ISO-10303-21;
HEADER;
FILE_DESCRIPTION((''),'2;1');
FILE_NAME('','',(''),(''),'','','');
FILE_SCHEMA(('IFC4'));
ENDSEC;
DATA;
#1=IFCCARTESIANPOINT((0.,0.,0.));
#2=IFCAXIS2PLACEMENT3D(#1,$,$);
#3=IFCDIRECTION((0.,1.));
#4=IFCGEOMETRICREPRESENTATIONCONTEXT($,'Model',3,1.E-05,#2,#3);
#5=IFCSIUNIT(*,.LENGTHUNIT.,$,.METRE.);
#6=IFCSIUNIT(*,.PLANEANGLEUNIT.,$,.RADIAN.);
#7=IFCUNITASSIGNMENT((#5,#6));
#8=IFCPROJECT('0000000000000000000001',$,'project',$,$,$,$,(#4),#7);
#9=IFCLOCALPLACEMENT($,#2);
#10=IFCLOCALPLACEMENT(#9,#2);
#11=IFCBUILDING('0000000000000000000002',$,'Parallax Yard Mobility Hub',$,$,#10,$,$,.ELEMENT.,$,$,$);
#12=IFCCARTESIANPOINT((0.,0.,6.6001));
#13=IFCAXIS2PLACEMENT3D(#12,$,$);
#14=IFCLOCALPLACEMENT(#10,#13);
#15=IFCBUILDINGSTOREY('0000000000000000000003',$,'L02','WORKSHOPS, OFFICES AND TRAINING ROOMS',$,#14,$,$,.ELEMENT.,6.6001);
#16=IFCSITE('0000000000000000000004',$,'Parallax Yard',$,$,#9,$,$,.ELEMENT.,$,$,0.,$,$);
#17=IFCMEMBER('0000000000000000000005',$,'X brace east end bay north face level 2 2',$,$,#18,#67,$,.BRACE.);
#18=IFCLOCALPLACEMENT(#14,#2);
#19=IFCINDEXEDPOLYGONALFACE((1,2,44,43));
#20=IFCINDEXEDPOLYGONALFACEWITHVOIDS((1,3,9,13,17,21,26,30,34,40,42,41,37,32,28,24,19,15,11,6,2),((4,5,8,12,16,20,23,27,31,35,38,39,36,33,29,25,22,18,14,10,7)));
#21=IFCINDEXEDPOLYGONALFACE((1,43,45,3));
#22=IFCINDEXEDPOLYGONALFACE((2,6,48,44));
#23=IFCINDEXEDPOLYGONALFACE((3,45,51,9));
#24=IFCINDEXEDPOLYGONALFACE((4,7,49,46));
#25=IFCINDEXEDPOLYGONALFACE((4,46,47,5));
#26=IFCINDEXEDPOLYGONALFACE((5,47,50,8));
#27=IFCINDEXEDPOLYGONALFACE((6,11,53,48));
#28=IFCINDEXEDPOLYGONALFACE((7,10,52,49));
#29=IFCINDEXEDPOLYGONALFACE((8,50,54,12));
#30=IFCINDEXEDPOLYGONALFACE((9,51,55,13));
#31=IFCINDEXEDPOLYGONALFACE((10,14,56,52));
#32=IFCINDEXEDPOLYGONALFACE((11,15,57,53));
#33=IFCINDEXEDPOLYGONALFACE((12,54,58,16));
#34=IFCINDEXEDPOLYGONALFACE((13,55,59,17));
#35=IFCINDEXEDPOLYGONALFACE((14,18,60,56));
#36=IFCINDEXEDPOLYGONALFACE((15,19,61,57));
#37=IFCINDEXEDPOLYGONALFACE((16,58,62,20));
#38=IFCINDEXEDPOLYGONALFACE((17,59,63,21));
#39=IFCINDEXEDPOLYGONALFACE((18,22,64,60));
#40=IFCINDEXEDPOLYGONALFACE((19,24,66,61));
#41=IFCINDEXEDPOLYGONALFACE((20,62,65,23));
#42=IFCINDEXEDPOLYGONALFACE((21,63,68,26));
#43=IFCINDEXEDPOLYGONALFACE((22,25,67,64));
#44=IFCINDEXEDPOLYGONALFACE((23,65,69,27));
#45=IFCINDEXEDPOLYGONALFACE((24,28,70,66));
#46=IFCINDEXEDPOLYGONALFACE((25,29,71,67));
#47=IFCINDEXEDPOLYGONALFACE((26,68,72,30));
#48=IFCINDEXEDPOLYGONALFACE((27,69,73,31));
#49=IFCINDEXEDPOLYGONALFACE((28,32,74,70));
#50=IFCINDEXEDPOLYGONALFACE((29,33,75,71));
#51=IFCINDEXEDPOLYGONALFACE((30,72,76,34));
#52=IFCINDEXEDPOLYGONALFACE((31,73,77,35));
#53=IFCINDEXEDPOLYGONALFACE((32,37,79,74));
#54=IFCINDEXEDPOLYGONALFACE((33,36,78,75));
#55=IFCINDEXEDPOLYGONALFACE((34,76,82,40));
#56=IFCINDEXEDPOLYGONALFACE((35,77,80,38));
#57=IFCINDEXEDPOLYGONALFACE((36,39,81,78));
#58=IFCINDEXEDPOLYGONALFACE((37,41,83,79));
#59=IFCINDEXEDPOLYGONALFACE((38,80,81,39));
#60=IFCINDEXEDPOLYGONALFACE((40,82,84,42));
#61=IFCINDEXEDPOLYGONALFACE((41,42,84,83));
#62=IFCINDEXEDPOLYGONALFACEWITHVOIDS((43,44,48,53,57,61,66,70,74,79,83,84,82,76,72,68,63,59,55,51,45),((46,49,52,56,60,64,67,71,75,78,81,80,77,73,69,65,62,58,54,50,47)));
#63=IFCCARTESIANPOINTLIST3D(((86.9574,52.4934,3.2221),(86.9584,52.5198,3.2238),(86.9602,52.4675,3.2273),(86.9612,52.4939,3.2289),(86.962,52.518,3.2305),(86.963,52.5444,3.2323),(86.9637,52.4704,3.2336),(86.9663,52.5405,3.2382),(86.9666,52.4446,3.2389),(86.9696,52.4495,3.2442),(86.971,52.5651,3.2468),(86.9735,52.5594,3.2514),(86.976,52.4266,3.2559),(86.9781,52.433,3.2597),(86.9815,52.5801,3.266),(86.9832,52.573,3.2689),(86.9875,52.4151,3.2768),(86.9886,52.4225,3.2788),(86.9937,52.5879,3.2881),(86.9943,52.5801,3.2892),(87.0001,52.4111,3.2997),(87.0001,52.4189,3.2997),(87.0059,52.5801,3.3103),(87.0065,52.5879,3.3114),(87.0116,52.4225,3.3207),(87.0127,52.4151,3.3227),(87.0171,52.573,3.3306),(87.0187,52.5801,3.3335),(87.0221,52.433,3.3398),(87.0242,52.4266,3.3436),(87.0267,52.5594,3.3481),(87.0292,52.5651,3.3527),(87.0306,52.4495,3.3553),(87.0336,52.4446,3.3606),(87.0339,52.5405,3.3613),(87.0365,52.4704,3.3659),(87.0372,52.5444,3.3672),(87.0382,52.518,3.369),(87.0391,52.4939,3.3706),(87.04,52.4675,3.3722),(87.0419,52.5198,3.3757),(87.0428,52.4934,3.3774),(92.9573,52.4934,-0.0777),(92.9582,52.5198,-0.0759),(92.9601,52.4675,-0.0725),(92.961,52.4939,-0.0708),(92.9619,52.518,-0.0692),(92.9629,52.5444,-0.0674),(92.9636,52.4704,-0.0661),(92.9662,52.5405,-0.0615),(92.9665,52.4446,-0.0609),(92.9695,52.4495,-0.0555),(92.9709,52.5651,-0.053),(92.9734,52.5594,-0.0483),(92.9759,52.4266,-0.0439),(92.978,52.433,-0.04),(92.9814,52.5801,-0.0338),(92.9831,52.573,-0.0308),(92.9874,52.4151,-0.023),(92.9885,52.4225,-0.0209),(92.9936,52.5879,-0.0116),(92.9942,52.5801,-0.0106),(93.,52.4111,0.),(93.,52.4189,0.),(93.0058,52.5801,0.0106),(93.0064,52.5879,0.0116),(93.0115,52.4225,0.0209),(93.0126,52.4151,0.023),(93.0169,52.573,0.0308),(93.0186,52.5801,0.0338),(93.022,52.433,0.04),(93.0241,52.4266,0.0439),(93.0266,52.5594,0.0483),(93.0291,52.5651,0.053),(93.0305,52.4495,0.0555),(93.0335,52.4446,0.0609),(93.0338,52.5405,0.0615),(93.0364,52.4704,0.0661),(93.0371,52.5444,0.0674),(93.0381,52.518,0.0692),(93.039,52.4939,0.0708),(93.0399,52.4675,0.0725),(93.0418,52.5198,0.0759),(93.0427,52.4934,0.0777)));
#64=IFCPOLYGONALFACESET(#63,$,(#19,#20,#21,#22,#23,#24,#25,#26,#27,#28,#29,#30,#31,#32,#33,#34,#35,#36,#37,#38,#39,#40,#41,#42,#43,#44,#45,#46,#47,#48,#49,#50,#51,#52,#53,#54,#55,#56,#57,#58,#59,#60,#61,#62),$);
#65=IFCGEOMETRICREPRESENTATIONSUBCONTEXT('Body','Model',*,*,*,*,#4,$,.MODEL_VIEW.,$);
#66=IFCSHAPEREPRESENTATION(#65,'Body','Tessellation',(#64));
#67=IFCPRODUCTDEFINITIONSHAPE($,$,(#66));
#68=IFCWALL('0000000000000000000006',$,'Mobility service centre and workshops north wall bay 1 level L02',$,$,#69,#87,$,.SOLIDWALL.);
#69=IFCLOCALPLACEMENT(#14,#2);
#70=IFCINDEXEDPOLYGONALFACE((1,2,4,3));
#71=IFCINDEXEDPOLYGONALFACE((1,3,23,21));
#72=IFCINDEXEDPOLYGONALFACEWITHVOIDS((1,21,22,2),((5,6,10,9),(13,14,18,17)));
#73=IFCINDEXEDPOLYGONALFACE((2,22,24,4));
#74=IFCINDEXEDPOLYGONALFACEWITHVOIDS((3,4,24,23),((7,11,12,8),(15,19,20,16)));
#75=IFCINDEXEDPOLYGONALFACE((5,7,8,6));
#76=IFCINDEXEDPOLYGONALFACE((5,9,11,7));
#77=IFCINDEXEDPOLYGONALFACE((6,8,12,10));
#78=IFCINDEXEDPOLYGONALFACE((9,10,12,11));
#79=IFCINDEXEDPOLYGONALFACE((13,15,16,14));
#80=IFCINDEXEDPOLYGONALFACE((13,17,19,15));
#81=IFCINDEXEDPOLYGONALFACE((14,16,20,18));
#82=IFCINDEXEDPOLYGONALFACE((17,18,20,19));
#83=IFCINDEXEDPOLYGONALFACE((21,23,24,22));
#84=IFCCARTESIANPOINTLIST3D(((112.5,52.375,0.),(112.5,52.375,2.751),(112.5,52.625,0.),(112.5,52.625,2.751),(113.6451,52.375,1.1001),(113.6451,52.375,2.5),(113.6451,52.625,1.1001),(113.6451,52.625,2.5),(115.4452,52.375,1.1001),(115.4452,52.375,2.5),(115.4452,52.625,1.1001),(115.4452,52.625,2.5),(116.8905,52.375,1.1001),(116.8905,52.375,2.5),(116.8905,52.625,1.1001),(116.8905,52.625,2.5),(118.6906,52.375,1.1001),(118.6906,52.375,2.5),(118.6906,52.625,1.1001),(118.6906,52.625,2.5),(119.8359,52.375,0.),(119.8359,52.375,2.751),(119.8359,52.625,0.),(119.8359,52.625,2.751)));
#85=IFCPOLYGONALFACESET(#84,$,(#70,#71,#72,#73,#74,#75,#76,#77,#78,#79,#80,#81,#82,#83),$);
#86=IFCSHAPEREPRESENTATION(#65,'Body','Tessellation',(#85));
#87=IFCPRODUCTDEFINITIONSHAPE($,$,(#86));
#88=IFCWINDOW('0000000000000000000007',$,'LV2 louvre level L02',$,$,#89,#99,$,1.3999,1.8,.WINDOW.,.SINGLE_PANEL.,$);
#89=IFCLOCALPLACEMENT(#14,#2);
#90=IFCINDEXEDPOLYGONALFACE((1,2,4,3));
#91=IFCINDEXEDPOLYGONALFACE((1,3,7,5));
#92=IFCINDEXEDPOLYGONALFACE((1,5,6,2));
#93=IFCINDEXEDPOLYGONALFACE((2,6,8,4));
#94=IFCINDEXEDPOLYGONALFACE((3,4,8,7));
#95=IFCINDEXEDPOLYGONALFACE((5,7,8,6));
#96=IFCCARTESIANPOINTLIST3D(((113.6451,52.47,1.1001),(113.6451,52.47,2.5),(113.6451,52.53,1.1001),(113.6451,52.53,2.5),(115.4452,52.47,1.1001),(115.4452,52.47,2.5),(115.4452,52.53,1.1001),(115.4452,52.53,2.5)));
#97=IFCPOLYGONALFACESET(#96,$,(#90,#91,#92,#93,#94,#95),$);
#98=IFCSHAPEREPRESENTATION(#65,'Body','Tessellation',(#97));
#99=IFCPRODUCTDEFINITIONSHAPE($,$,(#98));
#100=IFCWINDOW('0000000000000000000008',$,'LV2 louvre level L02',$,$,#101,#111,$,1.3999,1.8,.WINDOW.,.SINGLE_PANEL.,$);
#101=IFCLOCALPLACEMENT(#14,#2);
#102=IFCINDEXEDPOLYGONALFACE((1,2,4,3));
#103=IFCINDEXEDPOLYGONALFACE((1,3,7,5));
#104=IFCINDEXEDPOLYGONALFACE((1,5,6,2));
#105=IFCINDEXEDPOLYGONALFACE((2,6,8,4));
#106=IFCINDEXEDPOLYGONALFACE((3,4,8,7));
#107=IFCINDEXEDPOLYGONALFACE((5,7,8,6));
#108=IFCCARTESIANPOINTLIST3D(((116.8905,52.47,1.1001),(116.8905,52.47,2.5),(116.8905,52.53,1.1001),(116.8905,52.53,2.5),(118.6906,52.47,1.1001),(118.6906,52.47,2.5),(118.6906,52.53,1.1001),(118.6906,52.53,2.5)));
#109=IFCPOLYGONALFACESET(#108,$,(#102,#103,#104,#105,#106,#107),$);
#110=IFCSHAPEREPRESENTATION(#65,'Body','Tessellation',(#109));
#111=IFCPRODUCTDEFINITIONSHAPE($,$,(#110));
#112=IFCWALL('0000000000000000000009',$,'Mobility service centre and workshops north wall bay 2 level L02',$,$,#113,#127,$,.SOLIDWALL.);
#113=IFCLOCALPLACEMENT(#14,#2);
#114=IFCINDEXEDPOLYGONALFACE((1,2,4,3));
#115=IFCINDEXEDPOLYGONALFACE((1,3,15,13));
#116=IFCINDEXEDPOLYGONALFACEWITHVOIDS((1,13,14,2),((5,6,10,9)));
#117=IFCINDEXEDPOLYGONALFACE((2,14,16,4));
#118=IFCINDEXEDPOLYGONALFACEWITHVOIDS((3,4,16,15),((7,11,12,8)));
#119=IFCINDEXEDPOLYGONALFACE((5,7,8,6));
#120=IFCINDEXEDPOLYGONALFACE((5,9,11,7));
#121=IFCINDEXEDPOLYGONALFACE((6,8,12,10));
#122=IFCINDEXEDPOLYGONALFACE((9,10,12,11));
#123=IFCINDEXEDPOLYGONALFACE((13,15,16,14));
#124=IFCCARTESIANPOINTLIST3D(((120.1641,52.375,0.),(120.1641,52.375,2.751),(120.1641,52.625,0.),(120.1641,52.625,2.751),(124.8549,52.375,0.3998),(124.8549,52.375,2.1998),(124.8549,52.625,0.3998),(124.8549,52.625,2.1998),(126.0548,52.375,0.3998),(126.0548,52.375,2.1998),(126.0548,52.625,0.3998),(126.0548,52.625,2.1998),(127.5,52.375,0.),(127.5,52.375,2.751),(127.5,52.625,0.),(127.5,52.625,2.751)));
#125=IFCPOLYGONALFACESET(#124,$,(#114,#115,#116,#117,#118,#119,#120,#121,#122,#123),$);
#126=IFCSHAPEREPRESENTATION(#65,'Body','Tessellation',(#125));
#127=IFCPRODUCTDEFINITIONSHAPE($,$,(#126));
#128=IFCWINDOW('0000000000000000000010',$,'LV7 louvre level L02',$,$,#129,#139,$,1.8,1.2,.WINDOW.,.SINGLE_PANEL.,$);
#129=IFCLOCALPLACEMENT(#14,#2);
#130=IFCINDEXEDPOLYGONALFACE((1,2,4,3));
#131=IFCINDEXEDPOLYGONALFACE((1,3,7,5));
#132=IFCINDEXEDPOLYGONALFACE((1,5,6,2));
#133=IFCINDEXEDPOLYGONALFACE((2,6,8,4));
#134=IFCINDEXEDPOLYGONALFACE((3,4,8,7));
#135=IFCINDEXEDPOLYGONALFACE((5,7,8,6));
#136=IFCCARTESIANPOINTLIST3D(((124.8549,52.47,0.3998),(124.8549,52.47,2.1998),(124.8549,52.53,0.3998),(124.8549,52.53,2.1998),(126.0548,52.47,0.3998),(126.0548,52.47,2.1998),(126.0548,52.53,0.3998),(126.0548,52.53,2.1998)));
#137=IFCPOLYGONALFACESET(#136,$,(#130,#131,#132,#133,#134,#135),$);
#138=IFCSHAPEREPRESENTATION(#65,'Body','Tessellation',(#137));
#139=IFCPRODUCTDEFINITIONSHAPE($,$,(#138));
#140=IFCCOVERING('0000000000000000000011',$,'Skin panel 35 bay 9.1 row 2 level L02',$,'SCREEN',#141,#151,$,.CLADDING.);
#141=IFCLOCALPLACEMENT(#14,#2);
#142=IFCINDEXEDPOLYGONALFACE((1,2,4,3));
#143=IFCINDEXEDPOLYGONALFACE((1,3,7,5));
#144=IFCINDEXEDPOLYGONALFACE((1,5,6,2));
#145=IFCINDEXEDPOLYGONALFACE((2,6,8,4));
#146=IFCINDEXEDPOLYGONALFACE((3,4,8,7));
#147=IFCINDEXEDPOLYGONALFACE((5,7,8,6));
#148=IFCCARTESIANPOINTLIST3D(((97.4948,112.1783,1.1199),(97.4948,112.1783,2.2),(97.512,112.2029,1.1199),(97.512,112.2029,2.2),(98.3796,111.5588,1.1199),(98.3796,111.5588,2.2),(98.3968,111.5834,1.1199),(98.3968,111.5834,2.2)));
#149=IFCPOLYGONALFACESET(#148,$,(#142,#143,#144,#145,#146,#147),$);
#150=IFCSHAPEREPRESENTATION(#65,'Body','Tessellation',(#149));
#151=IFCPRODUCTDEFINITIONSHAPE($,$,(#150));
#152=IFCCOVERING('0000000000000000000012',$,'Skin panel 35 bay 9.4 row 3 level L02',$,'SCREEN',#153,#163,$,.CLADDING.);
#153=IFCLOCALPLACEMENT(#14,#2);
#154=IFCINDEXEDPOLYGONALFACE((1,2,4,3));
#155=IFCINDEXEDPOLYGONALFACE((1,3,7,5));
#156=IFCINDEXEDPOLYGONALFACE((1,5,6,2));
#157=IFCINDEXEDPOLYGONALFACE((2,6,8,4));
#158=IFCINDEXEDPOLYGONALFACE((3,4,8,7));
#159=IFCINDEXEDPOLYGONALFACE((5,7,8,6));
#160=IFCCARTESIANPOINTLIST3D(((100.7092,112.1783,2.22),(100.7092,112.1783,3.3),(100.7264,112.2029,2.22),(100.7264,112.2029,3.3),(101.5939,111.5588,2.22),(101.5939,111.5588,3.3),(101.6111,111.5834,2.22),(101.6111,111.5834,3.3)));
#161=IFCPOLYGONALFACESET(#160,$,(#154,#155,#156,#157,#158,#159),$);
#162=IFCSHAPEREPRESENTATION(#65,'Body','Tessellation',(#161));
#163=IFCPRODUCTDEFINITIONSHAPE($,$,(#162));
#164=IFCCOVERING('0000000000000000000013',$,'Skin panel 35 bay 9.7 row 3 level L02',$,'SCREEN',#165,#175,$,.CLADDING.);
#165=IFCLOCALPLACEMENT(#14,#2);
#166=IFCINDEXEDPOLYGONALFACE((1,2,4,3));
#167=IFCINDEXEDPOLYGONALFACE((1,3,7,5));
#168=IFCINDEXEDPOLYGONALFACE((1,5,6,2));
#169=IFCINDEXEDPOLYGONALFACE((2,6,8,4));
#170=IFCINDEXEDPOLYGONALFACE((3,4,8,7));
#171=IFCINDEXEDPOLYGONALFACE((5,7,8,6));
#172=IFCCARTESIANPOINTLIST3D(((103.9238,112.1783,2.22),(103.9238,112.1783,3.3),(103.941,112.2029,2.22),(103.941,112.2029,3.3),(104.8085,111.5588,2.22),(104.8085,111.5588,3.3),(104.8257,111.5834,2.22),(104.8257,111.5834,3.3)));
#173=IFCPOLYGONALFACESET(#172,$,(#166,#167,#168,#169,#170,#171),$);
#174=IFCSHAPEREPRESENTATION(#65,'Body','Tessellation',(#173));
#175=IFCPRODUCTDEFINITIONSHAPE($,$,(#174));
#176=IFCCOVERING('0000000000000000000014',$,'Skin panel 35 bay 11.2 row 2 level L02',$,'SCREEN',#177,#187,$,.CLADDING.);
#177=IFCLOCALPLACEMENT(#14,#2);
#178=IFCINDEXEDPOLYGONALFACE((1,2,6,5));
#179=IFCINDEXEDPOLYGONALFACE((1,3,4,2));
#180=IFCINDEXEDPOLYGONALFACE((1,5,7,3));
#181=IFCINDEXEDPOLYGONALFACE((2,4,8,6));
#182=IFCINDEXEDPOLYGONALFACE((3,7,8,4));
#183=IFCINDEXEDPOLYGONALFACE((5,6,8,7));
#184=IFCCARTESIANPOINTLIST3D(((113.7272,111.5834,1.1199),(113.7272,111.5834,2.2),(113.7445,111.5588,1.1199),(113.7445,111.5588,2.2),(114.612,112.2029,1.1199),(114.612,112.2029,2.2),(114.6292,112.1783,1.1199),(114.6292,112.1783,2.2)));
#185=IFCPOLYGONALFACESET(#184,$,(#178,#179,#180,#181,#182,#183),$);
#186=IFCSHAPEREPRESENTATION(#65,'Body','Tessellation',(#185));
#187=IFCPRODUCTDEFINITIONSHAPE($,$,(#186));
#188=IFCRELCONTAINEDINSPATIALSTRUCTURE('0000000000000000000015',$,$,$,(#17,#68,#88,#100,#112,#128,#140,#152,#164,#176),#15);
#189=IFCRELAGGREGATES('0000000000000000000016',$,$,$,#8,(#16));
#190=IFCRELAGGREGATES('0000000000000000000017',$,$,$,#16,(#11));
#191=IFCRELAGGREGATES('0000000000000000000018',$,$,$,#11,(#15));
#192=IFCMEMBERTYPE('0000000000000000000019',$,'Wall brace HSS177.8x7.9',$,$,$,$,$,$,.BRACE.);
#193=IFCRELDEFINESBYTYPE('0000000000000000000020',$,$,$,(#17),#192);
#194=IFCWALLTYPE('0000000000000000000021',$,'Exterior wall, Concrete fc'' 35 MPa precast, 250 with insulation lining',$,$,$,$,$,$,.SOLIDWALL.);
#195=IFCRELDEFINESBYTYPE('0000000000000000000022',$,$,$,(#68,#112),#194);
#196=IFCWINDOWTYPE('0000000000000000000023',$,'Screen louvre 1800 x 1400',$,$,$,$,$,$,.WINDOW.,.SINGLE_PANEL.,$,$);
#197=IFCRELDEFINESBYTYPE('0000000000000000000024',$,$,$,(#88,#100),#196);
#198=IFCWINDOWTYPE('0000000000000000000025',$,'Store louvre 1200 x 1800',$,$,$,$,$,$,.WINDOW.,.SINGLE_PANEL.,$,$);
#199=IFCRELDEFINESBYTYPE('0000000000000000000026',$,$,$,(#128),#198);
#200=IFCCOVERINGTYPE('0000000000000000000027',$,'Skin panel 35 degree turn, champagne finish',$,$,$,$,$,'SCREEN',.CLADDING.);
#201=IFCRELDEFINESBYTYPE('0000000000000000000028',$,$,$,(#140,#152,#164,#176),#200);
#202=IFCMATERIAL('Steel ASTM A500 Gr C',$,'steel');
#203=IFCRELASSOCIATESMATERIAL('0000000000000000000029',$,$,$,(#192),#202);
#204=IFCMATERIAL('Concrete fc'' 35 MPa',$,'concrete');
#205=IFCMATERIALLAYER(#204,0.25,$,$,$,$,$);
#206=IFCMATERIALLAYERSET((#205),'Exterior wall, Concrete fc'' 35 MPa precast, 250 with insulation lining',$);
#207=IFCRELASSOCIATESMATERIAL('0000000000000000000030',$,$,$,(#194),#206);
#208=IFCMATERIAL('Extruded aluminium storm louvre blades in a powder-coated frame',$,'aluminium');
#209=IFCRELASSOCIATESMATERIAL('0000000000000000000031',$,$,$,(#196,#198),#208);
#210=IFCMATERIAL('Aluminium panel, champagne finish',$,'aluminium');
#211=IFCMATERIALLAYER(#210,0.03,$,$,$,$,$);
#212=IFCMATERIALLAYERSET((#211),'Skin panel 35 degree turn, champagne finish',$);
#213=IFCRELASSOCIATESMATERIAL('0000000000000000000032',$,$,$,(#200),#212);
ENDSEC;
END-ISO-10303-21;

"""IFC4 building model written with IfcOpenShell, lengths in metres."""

from ifc_helpers import new_model, si_unit, direction, frame, frame_2d, origin, origin_2d, place, context, subcontext, project, spatial, rectangle, hollow_circle, extrude, material, layer, layer_set, material_profile, profile_set, type_object, element, fill, save


model = new_model("IFC4")

# Units and contexts
model_context = context("Model", 3, precision=1e-05, world=origin(), true_north=direction((0.0, 1.0)))
body_context = subcontext(model_context, "Body", "Model", "MODEL_VIEW")
ifc_project = project(units=[si_unit("LENGTHUNIT", "METRE"), si_unit("PLANEANGLEUNIT", "RADIAN")], contexts=[model_context])

# Site, building, storey
site_placement = place(None, origin())
site = spatial("IfcSite", under=ifc_project, at=site_placement, Name="Parallax Yard", CompositionType="ELEMENT", RefElevation=0.0)
building_placement = place(site_placement, origin())
building = spatial("IfcBuilding", under=site, at=building_placement, Name="Parallax Yard Mobility Hub", CompositionType="ELEMENT")
storey_placement = place(building_placement, frame((0.0, 0.0, 6.6001)))
storey = spatial("IfcBuildingStorey", under=building, at=storey_placement, Name="L02", Description="WORKSHOPS, OFFICES AND TRAINING ROOMS", CompositionType="ELEMENT", Elevation=6.6001)

# Member
ifc_material_1 = material(Name="Steel ASTM A500 Gr C", Category="steel")
ifc_material_profile_1 = material_profile(ifc_material_1, hollow_circle(Radius=0.0889, WallThickness=0.0078, at=origin_2d()), Name="HSS177.8x7.9")
ifc_profile_set_1 = profile_set([ifc_material_profile_1], Name="Steel ASTM A500 Gr C")
member_type = type_object("IfcMemberType", Name="Wall brace HSS177.8x7.9", PredefinedType="BRACE", material=ifc_profile_set_1)
member_placement = place(storey_placement, frame((93.0, 52.5, 0.0), z_axis=(-0.876228, 0.0, 0.481897), x_axis=(0.0, -1.0, 0.0)))
element("IfcMember", 1, at=member_placement, inside=storey, type_object=member_type, Name="X brace east end bay north face level 2 2", PredefinedType="BRACE", context=body_context, shape_type="SweptSolid", body=[
    extrude(hollow_circle(Radius=0.0889, WallThickness=0.0078, at=origin_2d()), origin(), (0.0, 0.0, 1.0), 6.8474),
])

# Wall, openings, windows
ifc_material_2 = material(Name="Concrete fc' 35 MPa", Category="concrete")
ifc_layer_1 = layer(ifc_material_2, 0.25)
ifc_layer_set_1 = layer_set([ifc_layer_1], Name="Exterior wall, Concrete fc' 35 MPa precast, 250 with insulation lining")
wall_type = type_object("IfcWallType", Name="Exterior wall, Concrete fc' 35 MPa precast, 250 with insulation lining", PredefinedType="SOLIDWALL", material=ifc_layer_set_1)
wall_1_placement = place(storey_placement, frame((112.5, 52.5, 0.0), z_axis=(0.0, 0.0, 1.0), x_axis=(1.0, 0.0, 0.0)))
wall_1 = element("IfcWall", 2, at=wall_1_placement, inside=storey, type_object=wall_type, Name="Mobility service centre and workshops north wall bay 1 level L02", PredefinedType="SOLIDWALL", context=body_context, shape_type="SweptSolid", body=[
    extrude(rectangle(XDim=7.3359, YDim=0.25, at=frame_2d((3.668, 0.0))), origin(), (0.0, 0.0, 1.0), 2.751),
])
opening_1_placement = place(wall_1_placement, frame((1.1453, 0.0, 1.1001)))
opening_1 = element("IfcOpeningElement", 3, at=opening_1_placement, cuts=wall_1, PredefinedType="OPENING", context=body_context, shape_type="SweptSolid", body=[
    extrude(rectangle(XDim=1.8, YDim=1.3999, at=frame_2d((0.8999, 0.7))), frame((0.0, 0.135, 0.0), z_axis=(0.0, -1.0, 0.0), x_axis=(1.0, 0.0, 0.0)), (0.0, 0.0, 1.0), 0.27),
])
opening_2_placement = place(wall_1_placement, frame((4.3906, 0.0, 1.1001)))
opening_2 = element("IfcOpeningElement", 4, at=opening_2_placement, cuts=wall_1, PredefinedType="OPENING", context=body_context, shape_type="SweptSolid", body=[
    extrude(rectangle(XDim=1.8, YDim=1.3999, at=frame_2d((0.8999, 0.7))), frame((0.0, 0.135, 0.0), z_axis=(0.0, -1.0, 0.0), x_axis=(1.0, 0.0, 0.0)), (0.0, 0.0, 1.0), 0.27),
])
ifc_material_3 = material(Name="Extruded aluminium storm louvre blades in a powder-coated frame", Category="aluminium")
window_type_1 = type_object("IfcWindowType", Name="Screen louvre 1800 x 1400", PartitioningType="SINGLE_PANEL", PredefinedType="WINDOW", material=ifc_material_3)
window_1_placement = place(opening_1_placement, origin())
window_1 = element("IfcWindow", 5, at=window_1_placement, inside=storey, type_object=window_type_1, Name="LV2 louvre level L02", OverallHeight=1.3999, OverallWidth=1.8, PartitioningType="SINGLE_PANEL", PredefinedType="WINDOW", context=body_context, shape_type="SweptSolid", body=[
    extrude(rectangle(XDim=1.8, YDim=1.3999, at=frame_2d((0.8999, 0.7))), frame((0.0, 0.03, 0.0), z_axis=(0.0, -1.0, 0.0), x_axis=(1.0, 0.0, 0.0)), (0.0, 0.0, 1.0), 0.0601),
])
fill(opening_1, window_1)
window_2_placement = place(opening_2_placement, origin())
window_2 = element("IfcWindow", 6, at=window_2_placement, inside=storey, type_object=window_type_1, Name="LV2 louvre level L02", OverallHeight=1.3999, OverallWidth=1.8, PartitioningType="SINGLE_PANEL", PredefinedType="WINDOW", context=body_context, shape_type="SweptSolid", body=[
    extrude(rectangle(XDim=1.8, YDim=1.3999, at=frame_2d((0.8999, 0.7))), frame((0.0, 0.03, 0.0), z_axis=(0.0, -1.0, 0.0), x_axis=(1.0, 0.0, 0.0)), (0.0, 0.0, 1.0), 0.0601),
])
fill(opening_2, window_2)

# Wall, opening, window
wall_2_placement = place(storey_placement, frame((120.1641, 52.5, 0.0), z_axis=(0.0, 0.0, 1.0), x_axis=(1.0, 0.0, 0.0)))
wall_2 = element("IfcWall", 7, at=wall_2_placement, inside=storey, type_object=wall_type, Name="Mobility service centre and workshops north wall bay 2 level L02", PredefinedType="SOLIDWALL", context=body_context, shape_type="SweptSolid", body=[
    extrude(rectangle(XDim=7.3359, YDim=0.25, at=frame_2d((3.668, 0.0))), origin(), (0.0, 0.0, 1.0), 2.751),
])
opening_3_placement = place(wall_2_placement, frame((4.6907, 0.0, 0.3999)))
opening_3 = element("IfcOpeningElement", 8, at=opening_3_placement, cuts=wall_2, PredefinedType="OPENING", context=body_context, shape_type="SweptSolid", body=[
    extrude(rectangle(XDim=1.2, YDim=1.8, at=frame_2d((0.6001, 0.8999))), frame((0.0, 0.135, 0.0), z_axis=(0.0, -1.0, 0.0), x_axis=(1.0, 0.0, 0.0)), (0.0, 0.0, 1.0), 0.27),
])
window_type_2 = type_object("IfcWindowType", Name="Store louvre 1200 x 1800", PartitioningType="SINGLE_PANEL", PredefinedType="WINDOW", material=ifc_material_3)
window_3_placement = place(opening_3_placement, origin())
window_3 = element("IfcWindow", 9, at=window_3_placement, inside=storey, type_object=window_type_2, Name="LV7 louvre level L02", OverallHeight=1.8, OverallWidth=1.2, PartitioningType="SINGLE_PANEL", PredefinedType="WINDOW", context=body_context, shape_type="SweptSolid", body=[
    extrude(rectangle(XDim=1.2, YDim=1.8, at=frame_2d((0.6001, 0.8999))), frame((0.0, 0.03, 0.0), z_axis=(0.0, -1.0, 0.0), x_axis=(1.0, 0.0, 0.0)), (0.0, 0.0, 1.0), 0.0601),
])
fill(opening_3, window_3)

# Coverings
ifc_material_4 = material(Name="Aluminium panel, champagne finish", Category="aluminium")
ifc_layer_2 = layer(ifc_material_4, 0.03)
ifc_layer_set_2 = layer_set([ifc_layer_2], Name="Skin panel 35 degree turn, champagne finish")
covering_type_1 = type_object("IfcCoveringType", Name="Skin panel 35 degree turn, champagne finish", ElementType="SCREEN", PredefinedType="CLADDING", material=ifc_layer_set_2)
for number, where, z_axis, x_axis, name in (
    (10, (97.9458, 111.8809, 1.1199), (0.0, 0.0, 1.0), (0.819152, -0.573576, 0.0), "Skin panel 35 bay 9.1 row 2 level L02"),
    (11, (101.1602, 111.8809, 2.22), (0.0, 0.0, 1.0), (0.819152, -0.573576, 0.0), "Skin panel 35 bay 9.4 row 3 level L02"),
    (12, (104.3748, 111.8809, 2.22), (0.0, 0.0, 1.0), (0.819152, -0.573576, 0.0), "Skin panel 35 bay 9.7 row 3 level L02"),
    (13, (114.1782, 111.8809, 1.1199), (0.0, 0.0, 1.0), (-0.819152, -0.573576, 0.0), "Skin panel 35 bay 11.2 row 2 level L02"),
):
    element("IfcCovering", number, at=place(storey_placement, frame(where, z_axis=z_axis, x_axis=x_axis)), inside=storey, type_object=covering_type_1, Name=name, ObjectType="SCREEN", PredefinedType="CLADDING", context=body_context, shape_type="SweptSolid", body=[
        extrude(rectangle(XDim=1.0801, YDim=0.03, at=origin_2d()), origin(), (0.0, 0.0, 1.0), 1.0801),
    ])

save(model, "model.ifc")
